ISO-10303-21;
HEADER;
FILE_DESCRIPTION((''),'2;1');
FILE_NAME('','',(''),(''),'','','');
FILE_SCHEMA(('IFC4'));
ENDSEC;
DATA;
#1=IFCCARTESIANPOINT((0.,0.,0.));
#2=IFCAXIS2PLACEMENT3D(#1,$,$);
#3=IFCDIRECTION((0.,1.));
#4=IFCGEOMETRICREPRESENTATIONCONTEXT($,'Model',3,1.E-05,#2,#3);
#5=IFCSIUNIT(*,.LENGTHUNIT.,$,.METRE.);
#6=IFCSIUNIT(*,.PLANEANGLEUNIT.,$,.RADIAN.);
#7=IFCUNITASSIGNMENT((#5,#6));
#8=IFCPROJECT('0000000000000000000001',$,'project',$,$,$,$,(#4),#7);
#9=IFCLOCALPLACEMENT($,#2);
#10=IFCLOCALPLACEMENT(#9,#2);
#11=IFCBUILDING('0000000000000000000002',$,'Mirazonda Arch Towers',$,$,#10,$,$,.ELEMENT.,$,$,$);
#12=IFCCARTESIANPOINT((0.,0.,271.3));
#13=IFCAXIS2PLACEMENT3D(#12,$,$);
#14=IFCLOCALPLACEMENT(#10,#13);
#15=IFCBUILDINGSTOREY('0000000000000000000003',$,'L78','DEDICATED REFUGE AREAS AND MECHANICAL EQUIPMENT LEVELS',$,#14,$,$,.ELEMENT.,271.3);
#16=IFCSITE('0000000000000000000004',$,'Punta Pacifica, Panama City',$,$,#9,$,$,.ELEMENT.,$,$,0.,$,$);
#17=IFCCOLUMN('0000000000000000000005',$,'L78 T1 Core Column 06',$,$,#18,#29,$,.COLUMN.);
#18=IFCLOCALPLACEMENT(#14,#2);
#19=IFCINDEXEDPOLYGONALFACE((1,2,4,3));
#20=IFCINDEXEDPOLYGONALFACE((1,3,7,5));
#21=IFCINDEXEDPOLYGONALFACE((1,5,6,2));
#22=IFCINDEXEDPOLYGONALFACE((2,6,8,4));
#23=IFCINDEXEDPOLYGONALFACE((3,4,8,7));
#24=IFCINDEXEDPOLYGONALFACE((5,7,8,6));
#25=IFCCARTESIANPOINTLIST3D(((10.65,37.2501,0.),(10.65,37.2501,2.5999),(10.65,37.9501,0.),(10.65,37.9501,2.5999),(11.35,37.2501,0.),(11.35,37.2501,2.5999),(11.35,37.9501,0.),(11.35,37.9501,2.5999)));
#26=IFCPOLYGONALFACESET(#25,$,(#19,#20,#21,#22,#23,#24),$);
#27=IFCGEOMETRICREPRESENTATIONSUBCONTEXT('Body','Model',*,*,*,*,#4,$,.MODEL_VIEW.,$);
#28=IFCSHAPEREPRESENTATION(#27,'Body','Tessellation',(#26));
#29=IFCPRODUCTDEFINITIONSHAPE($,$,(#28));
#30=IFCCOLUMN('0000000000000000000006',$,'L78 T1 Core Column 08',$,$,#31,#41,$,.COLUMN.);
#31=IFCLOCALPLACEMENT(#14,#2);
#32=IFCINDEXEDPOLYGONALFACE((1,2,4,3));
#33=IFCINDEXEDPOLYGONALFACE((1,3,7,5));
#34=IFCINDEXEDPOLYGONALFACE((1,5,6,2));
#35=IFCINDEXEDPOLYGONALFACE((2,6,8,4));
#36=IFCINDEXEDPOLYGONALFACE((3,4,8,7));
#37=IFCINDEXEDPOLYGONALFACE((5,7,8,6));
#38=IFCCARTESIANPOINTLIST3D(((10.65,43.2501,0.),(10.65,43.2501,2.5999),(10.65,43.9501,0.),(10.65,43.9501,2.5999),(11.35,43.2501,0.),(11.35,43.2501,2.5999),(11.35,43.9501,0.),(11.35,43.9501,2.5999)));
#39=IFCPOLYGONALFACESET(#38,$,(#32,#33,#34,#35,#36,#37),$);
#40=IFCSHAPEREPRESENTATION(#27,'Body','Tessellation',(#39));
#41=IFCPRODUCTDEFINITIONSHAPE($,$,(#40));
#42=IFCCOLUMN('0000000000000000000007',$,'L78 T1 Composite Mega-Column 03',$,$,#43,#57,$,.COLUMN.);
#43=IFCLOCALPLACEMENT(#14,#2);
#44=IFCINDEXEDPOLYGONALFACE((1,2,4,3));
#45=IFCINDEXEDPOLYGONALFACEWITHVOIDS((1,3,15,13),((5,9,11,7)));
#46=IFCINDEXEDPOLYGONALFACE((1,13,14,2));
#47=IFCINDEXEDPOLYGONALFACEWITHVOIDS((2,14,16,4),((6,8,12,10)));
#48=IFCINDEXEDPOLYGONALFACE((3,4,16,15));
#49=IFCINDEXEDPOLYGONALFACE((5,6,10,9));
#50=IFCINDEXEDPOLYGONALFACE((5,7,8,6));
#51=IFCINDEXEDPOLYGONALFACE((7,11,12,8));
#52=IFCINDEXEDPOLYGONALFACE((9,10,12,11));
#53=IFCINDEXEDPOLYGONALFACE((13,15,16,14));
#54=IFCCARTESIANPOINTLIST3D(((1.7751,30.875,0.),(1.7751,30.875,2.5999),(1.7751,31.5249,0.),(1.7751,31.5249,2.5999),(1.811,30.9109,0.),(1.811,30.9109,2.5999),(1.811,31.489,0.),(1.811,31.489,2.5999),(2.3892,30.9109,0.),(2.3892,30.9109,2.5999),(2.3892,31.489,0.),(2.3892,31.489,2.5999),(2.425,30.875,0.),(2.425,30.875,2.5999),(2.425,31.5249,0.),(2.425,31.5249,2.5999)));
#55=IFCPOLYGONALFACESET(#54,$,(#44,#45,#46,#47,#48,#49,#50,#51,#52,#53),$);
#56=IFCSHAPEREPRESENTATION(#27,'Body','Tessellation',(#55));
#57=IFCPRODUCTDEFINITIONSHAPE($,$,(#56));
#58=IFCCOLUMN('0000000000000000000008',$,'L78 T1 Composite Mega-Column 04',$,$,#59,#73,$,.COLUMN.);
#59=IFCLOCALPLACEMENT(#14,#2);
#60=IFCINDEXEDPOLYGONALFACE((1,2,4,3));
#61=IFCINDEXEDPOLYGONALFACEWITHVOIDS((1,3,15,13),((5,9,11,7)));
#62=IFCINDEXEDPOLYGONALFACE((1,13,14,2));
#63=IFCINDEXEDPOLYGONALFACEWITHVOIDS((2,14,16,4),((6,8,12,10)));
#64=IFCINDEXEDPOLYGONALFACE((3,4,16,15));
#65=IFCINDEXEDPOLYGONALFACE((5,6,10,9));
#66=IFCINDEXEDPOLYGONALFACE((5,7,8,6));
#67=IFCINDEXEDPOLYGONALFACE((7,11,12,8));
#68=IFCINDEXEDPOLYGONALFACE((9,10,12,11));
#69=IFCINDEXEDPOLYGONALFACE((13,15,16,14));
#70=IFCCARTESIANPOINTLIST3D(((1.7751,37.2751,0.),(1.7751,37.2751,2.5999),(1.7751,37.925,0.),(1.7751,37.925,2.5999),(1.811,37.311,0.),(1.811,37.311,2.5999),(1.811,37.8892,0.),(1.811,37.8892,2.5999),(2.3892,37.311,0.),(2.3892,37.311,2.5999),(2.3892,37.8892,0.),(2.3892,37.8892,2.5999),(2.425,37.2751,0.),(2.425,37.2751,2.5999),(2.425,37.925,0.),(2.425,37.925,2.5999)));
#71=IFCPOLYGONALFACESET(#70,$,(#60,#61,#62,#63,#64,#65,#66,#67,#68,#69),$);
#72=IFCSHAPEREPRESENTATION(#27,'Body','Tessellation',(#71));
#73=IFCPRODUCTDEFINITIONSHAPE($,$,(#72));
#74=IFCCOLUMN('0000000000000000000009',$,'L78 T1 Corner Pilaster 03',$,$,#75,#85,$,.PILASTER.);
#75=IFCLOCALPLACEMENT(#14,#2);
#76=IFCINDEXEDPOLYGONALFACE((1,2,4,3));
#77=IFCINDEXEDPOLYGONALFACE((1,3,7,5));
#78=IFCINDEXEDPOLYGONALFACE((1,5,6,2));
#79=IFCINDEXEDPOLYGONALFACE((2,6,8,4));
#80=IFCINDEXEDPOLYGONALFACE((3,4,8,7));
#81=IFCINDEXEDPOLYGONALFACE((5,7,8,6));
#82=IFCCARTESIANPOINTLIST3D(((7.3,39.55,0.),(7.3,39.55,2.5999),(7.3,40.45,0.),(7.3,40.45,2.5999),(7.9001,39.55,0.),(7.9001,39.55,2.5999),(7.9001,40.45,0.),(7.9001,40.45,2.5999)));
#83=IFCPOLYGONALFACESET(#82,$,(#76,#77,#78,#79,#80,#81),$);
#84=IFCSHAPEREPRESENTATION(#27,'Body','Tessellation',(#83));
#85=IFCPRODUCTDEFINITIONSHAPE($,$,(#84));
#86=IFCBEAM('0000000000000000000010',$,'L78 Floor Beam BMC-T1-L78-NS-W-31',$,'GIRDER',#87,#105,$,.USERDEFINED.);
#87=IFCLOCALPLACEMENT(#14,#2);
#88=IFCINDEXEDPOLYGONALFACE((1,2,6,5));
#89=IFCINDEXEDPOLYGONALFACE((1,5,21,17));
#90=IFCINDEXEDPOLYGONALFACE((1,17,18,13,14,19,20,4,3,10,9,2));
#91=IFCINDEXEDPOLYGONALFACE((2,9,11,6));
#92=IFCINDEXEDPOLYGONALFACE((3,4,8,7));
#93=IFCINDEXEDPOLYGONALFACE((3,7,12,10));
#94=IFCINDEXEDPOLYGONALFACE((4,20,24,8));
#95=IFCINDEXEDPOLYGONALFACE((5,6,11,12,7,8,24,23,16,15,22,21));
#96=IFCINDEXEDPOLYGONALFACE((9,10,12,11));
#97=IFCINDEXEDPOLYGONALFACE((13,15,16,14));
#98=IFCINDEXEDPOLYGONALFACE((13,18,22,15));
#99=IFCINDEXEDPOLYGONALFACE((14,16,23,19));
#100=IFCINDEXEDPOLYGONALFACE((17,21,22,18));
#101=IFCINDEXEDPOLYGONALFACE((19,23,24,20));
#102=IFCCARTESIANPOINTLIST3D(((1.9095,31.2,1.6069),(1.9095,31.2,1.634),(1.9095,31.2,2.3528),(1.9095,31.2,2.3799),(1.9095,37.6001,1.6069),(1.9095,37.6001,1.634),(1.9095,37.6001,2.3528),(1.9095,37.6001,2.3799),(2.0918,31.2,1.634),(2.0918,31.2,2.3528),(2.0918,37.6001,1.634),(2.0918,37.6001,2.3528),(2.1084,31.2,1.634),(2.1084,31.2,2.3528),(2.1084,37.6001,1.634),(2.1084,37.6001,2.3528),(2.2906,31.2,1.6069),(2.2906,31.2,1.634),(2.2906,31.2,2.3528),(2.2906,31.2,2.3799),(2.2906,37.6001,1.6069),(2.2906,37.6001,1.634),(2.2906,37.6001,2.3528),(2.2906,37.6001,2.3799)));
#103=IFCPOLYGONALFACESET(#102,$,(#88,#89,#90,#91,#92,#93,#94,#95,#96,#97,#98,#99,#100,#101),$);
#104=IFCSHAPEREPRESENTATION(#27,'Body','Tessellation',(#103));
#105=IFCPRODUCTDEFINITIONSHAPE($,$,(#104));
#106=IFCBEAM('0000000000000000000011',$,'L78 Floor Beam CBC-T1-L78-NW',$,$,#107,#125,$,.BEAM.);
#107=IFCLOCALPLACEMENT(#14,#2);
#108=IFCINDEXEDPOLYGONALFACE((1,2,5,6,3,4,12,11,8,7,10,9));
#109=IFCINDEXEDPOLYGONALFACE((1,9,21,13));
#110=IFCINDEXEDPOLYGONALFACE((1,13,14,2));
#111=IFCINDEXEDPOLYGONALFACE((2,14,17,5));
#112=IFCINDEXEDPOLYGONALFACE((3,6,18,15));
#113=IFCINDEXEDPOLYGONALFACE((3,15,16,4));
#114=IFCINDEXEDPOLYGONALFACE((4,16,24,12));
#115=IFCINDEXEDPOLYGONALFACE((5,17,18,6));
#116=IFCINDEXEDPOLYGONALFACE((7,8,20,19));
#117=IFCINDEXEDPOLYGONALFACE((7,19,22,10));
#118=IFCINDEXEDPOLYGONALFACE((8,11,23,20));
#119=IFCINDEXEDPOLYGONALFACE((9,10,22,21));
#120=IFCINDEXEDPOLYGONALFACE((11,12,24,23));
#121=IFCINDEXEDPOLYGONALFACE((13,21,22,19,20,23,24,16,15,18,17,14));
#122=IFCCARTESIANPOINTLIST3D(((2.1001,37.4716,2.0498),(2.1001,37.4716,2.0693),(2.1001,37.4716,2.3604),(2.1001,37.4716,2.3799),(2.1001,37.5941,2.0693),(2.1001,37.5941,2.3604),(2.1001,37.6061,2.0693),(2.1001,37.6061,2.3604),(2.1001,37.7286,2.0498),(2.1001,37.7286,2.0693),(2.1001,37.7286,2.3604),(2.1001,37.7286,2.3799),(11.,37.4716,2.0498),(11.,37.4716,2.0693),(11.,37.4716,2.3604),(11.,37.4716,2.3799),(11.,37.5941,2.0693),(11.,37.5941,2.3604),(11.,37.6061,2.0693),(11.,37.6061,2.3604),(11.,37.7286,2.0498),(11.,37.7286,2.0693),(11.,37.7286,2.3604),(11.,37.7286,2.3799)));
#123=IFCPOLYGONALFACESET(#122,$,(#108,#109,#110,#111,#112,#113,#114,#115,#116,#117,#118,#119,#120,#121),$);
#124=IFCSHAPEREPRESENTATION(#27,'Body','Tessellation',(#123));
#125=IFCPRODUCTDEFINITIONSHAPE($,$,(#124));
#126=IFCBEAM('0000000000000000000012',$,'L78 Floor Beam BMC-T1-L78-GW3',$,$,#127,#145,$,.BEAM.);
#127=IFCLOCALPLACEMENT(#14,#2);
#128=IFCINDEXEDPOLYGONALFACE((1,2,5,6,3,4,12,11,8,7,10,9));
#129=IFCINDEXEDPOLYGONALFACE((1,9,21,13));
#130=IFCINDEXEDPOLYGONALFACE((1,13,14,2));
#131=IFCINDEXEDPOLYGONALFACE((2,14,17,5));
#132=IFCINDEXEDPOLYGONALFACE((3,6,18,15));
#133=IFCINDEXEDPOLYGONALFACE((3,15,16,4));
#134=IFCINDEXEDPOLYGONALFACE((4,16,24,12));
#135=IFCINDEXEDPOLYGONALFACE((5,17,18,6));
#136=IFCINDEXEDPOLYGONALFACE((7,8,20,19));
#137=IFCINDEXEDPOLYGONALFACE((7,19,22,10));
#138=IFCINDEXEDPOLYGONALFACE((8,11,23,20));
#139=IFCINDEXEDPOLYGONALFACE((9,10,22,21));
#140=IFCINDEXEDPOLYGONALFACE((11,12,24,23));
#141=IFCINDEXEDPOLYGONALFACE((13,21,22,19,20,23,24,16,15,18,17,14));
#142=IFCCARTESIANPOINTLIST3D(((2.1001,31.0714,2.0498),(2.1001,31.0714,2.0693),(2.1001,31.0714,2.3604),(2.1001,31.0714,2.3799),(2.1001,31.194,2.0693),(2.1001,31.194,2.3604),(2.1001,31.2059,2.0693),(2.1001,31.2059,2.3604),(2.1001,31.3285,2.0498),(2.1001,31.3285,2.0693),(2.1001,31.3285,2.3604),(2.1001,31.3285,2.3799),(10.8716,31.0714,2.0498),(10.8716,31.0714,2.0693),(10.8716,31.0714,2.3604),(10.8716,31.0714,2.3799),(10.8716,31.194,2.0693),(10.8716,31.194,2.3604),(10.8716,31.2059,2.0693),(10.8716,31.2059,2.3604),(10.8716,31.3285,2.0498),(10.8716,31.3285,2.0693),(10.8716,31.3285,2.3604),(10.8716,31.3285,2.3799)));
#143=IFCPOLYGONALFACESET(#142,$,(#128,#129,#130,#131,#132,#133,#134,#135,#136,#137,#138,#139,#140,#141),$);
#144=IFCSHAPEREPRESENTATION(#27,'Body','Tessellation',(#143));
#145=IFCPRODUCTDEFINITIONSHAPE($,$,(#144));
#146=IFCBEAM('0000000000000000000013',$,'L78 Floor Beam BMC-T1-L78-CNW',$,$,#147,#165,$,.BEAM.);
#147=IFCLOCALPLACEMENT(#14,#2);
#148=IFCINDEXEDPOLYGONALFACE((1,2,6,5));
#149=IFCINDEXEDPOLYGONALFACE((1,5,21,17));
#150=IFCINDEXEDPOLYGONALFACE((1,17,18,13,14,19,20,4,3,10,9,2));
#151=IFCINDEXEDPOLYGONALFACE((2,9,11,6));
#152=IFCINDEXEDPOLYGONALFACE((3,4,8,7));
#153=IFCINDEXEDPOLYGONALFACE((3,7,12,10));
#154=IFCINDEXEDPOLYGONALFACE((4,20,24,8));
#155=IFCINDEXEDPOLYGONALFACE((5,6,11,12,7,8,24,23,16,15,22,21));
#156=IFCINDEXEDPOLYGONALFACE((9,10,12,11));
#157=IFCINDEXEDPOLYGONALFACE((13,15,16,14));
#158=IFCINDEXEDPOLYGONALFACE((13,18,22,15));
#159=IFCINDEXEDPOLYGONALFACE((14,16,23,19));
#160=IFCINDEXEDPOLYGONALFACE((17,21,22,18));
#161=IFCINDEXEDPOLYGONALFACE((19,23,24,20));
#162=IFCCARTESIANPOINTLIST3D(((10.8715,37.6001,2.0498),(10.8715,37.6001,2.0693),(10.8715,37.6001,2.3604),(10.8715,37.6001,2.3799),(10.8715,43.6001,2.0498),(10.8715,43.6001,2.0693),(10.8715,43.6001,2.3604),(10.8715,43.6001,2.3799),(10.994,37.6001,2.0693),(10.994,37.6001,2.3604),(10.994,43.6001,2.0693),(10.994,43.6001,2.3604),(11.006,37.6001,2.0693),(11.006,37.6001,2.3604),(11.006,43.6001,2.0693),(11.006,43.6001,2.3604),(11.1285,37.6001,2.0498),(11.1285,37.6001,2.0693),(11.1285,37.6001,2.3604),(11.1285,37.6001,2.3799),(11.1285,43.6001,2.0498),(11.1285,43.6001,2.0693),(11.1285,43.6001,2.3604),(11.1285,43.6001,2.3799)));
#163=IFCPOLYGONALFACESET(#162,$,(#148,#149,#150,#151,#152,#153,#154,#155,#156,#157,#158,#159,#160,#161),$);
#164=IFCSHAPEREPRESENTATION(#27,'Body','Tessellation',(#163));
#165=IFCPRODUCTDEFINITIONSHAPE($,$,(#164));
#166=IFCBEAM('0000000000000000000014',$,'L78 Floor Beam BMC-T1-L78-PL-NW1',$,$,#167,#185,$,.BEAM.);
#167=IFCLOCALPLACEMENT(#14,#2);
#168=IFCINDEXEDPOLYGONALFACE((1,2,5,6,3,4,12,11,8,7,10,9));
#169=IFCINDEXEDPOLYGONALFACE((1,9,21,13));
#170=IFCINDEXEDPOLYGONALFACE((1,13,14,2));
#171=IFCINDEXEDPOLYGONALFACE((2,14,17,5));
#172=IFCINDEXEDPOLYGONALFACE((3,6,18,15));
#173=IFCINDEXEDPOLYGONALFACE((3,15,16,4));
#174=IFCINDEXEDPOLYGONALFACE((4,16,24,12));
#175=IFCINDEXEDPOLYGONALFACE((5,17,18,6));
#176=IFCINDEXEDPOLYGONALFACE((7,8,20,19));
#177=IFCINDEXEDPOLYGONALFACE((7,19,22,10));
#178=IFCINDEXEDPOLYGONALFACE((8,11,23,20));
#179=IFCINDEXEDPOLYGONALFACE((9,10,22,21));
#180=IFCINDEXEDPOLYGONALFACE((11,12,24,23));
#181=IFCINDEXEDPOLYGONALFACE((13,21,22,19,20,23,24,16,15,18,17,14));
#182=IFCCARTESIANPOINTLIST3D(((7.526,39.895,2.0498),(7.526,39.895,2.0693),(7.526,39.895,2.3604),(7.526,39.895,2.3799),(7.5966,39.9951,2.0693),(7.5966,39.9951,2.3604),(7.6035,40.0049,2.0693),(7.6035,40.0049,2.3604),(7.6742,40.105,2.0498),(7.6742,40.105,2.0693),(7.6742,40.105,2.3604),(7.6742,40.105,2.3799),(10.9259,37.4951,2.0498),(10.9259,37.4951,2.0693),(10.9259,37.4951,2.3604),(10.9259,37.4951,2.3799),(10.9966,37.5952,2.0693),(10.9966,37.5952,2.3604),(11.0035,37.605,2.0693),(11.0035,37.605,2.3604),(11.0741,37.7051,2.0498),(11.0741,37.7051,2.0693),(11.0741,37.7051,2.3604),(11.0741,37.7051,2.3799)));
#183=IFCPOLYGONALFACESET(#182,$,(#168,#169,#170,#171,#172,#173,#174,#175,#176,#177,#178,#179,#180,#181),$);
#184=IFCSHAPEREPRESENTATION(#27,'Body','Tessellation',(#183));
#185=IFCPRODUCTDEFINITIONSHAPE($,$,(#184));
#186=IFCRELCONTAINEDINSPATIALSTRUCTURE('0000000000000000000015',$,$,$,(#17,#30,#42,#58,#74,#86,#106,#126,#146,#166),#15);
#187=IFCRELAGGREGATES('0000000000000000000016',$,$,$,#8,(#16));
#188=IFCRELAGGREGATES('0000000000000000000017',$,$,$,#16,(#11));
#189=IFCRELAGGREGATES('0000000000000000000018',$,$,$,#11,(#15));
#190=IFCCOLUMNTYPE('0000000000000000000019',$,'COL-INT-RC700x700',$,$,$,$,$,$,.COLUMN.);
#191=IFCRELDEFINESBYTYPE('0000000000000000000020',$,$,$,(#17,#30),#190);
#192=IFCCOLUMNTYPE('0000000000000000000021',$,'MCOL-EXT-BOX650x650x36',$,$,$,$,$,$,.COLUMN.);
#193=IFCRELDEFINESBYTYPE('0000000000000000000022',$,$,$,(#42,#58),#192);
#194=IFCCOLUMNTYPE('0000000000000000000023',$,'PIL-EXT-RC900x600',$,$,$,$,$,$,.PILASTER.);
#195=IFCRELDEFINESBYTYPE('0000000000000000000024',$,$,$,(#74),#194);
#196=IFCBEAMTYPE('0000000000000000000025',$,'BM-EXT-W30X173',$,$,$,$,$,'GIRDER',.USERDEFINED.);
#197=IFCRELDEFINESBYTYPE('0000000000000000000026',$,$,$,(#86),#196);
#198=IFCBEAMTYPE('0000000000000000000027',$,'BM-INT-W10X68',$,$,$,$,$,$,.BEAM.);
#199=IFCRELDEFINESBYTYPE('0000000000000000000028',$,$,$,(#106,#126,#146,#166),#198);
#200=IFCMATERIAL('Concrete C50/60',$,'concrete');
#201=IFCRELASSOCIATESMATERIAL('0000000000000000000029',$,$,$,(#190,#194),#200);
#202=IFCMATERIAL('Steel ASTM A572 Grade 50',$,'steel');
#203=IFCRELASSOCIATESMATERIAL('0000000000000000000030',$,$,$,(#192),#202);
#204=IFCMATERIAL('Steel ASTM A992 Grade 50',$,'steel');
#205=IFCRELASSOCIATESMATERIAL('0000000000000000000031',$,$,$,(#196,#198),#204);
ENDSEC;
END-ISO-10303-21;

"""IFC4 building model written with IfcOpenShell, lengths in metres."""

from ifc_helpers import new_model, si_unit, direction, frame, origin, origin_2d, place, context, subcontext, project, spatial, rectangle, hollow_rectangle, i_section, extrude, material, material_profile, profile_set, type_object, element, save


model = new_model("IFC4")

# Units and contexts
model_context = context("Model", 3, precision=1e-05, world=origin(), true_north=direction((0.0, 1.0)))
body_context = subcontext(model_context, "Body", "Model", "MODEL_VIEW")
ifc_project = project(units=[si_unit("LENGTHUNIT", "METRE"), si_unit("PLANEANGLEUNIT", "RADIAN")], contexts=[model_context])

# Site, building, storey
site_placement = place(None, origin())
site = spatial("IfcSite", under=ifc_project, at=site_placement, Name="Punta Pacifica, Panama City", CompositionType="ELEMENT", RefElevation=0.0)
building_placement = place(site_placement, origin())
building = spatial("IfcBuilding", under=site, at=building_placement, Name="Mirazonda Arch Towers", CompositionType="ELEMENT")
storey_placement = place(building_placement, frame((0.0, 0.0, 271.3)))
storey = spatial("IfcBuildingStorey", under=building, at=storey_placement, Name="L78", Description="DEDICATED REFUGE AREAS AND MECHANICAL EQUIPMENT LEVELS", CompositionType="ELEMENT", Elevation=271.3)

# Columns
ifc_material_1 = material(Name="Concrete C50/60", Category="concrete")
ifc_material_profile_1 = material_profile(ifc_material_1, rectangle(XDim=0.7, YDim=0.7, at=origin_2d()), Name="RC700x700")
ifc_profile_set_1 = profile_set([ifc_material_profile_1], Name="Concrete C50/60")
column_type_1 = type_object("IfcColumnType", Name="COL-INT-RC700x700", PredefinedType="COLUMN", material=ifc_profile_set_1)
for number, where, z_axis, x_axis, name in (
    (1, (11.0, 37.6001, 0.0), (0.0, 0.0, 1.0), (1.0, 0.0, 0.0), "L78 T1 Core Column 06"),
    (2, (11.0, 43.6001, 0.0), (0.0, 0.0, 1.0), (1.0, 0.0, 0.0), "L78 T1 Core Column 08"),
):
    element("IfcColumn", number, at=place(storey_placement, frame(where, z_axis=z_axis, x_axis=x_axis)), inside=storey, type_object=column_type_1, Name=name, PredefinedType="COLUMN", context=body_context, shape_type="SweptSolid", body=[
        extrude(rectangle(XDim=0.7, YDim=0.7, at=origin_2d()), origin(), (0.0, 0.0, 1.0), 2.5999),
    ])
ifc_material_2 = material(Name="Steel ASTM A572 Grade 50", Category="steel")
ifc_material_profile_2 = material_profile(ifc_material_2, hollow_rectangle(XDim=0.6499, YDim=0.6499, WallThickness=0.0359, at=origin_2d()), Name="BOX650x650x36")
ifc_profile_set_2 = profile_set([ifc_material_profile_2], Name="Steel ASTM A572 Grade 50")
column_type_2 = type_object("IfcColumnType", Name="MCOL-EXT-BOX650x650x36", PredefinedType="COLUMN", material=ifc_profile_set_2)
for number, where, z_axis, x_axis, name in (
    (3, (2.1001, 31.2, 0.0), (0.0, 0.0, 1.0), (1.0, 0.0, 0.0), "L78 T1 Composite Mega-Column 03"),
    (4, (2.1001, 37.6001, 0.0), (0.0, 0.0, 1.0), (1.0, 0.0, 0.0), "L78 T1 Composite Mega-Column 04"),
):
    element("IfcColumn", number, at=place(storey_placement, frame(where, z_axis=z_axis, x_axis=x_axis)), inside=storey, type_object=column_type_2, Name=name, PredefinedType="COLUMN", context=body_context, shape_type="SweptSolid", body=[
        extrude(hollow_rectangle(XDim=0.6499, YDim=0.6499, WallThickness=0.0359, at=origin_2d()), origin(), (0.0, 0.0, 1.0), 2.5999),
    ])
ifc_material_profile_3 = material_profile(ifc_material_1, rectangle(XDim=0.6001, YDim=0.8999, at=origin_2d()), Name="RC900x600")
ifc_profile_set_3 = profile_set([ifc_material_profile_3], Name="Concrete C50/60")
column_type_3 = type_object("IfcColumnType", Name="PIL-EXT-RC900x600", PredefinedType="PILASTER", material=ifc_profile_set_3)
column_placement = place(storey_placement, frame((7.6001, 40.0, 0.0), z_axis=(0.0, 0.0, 1.0), x_axis=(1.0, 0.0, 0.0)))
element("IfcColumn", 5, at=column_placement, inside=storey, type_object=column_type_3, Name="L78 T1 Corner Pilaster 03", PredefinedType="PILASTER", context=body_context, shape_type="SweptSolid", body=[
    extrude(rectangle(XDim=0.6001, YDim=0.8999, at=origin_2d()), origin(), (0.0, 0.0, 1.0), 2.5999),
])

# Beams
ifc_material_3 = material(Name="Steel ASTM A992 Grade 50", Category="steel")
ifc_material_profile_4 = material_profile(ifc_material_3, i_section(OverallWidth=0.3811, OverallDepth=0.7729, WebThickness=0.0166, FlangeThickness=0.0271, at=origin_2d()), Name="W30X173")
ifc_profile_set_4 = profile_set([ifc_material_profile_4], Name="Steel ASTM A992 Grade 50")
beam_type_1 = type_object("IfcBeamType", Name="BM-EXT-W30X173", ElementType="GIRDER", PredefinedType="USERDEFINED", material=ifc_profile_set_4)
beam_1_placement = place(storey_placement, frame((2.1001, 31.2, 1.9934), z_axis=(0.0, 1.0, 0.0), x_axis=(-1.0, 0.0, 0.0)))
element("IfcBeam", 6, at=beam_1_placement, inside=storey, type_object=beam_type_1, Name="L78 Floor Beam BMC-T1-L78-NS-W-31", ObjectType="GIRDER", PredefinedType="USERDEFINED", context=body_context, shape_type="SweptSolid", body=[
    extrude(i_section(OverallWidth=0.3811, OverallDepth=0.7729, WebThickness=0.0166, FlangeThickness=0.0271, at=origin_2d()), origin(), (0.0, 0.0, 1.0), 6.4001),
])
ifc_material_profile_5 = material_profile(ifc_material_3, i_section(OverallWidth=0.2571, OverallDepth=0.3301, WebThickness=0.012, FlangeThickness=0.0195, at=origin_2d()), Name="W10X68")
ifc_profile_set_5 = profile_set([ifc_material_profile_5], Name="Steel ASTM A992 Grade 50")
beam_type_2 = type_object("IfcBeamType", Name="BM-INT-W10X68", PredefinedType="BEAM", material=ifc_profile_set_5)
beam_2_placement = place(storey_placement, frame((2.1001, 37.6001, 2.2148), z_axis=(1.0, 0.0, 0.0), x_axis=(0.0, 1.0, 0.0)))
element("IfcBeam", 7, at=beam_2_placement, inside=storey, type_object=beam_type_2, Name="L78 Floor Beam CBC-T1-L78-NW", PredefinedType="BEAM", context=body_context, shape_type="SweptSolid", body=[
    extrude(i_section(OverallWidth=0.2571, OverallDepth=0.3301, WebThickness=0.012, FlangeThickness=0.0195, at=origin_2d()), origin(), (0.0, 0.0, 1.0), 8.8999),
])
beam_3_placement = place(storey_placement, frame((2.1001, 31.2, 2.2148), z_axis=(1.0, 0.0, 0.0), x_axis=(0.0, 1.0, 0.0)))
element("IfcBeam", 8, at=beam_3_placement, inside=storey, type_object=beam_type_2, Name="L78 Floor Beam BMC-T1-L78-GW3", PredefinedType="BEAM", context=body_context, shape_type="SweptSolid", body=[
    extrude(i_section(OverallWidth=0.2571, OverallDepth=0.3301, WebThickness=0.012, FlangeThickness=0.0195, at=origin_2d()), origin(), (0.0, 0.0, 1.0), 8.7715),
])
beam_4_placement = place(storey_placement, frame((11.0, 37.6001, 2.2148), z_axis=(0.0, 1.0, 0.0), x_axis=(-1.0, 0.0, 0.0)))
element("IfcBeam", 9, at=beam_4_placement, inside=storey, type_object=beam_type_2, Name="L78 Floor Beam BMC-T1-L78-CNW", PredefinedType="BEAM", context=body_context, shape_type="SweptSolid", body=[
    extrude(i_section(OverallWidth=0.2571, OverallDepth=0.3301, WebThickness=0.012, FlangeThickness=0.0195, at=origin_2d()), origin(), (0.0, 0.0, 1.0), 6.0),
])
beam_5_placement = place(storey_placement, frame((7.6001, 40.0, 2.2148), z_axis=(0.816971, -0.576679, 0.0), x_axis=(0.576679, 0.816971, 0.0)))
element("IfcBeam", 10, at=beam_5_placement, inside=storey, type_object=beam_type_2, Name="L78 Floor Beam BMC-T1-L78-PL-NW1", PredefinedType="BEAM", context=body_context, shape_type="SweptSolid", body=[
    extrude(i_section(OverallWidth=0.2571, OverallDepth=0.3301, WebThickness=0.012, FlangeThickness=0.0195, at=origin_2d()), origin(), (0.0, 0.0, 1.0), 4.1616),
])

save(model, "model.ifc")
